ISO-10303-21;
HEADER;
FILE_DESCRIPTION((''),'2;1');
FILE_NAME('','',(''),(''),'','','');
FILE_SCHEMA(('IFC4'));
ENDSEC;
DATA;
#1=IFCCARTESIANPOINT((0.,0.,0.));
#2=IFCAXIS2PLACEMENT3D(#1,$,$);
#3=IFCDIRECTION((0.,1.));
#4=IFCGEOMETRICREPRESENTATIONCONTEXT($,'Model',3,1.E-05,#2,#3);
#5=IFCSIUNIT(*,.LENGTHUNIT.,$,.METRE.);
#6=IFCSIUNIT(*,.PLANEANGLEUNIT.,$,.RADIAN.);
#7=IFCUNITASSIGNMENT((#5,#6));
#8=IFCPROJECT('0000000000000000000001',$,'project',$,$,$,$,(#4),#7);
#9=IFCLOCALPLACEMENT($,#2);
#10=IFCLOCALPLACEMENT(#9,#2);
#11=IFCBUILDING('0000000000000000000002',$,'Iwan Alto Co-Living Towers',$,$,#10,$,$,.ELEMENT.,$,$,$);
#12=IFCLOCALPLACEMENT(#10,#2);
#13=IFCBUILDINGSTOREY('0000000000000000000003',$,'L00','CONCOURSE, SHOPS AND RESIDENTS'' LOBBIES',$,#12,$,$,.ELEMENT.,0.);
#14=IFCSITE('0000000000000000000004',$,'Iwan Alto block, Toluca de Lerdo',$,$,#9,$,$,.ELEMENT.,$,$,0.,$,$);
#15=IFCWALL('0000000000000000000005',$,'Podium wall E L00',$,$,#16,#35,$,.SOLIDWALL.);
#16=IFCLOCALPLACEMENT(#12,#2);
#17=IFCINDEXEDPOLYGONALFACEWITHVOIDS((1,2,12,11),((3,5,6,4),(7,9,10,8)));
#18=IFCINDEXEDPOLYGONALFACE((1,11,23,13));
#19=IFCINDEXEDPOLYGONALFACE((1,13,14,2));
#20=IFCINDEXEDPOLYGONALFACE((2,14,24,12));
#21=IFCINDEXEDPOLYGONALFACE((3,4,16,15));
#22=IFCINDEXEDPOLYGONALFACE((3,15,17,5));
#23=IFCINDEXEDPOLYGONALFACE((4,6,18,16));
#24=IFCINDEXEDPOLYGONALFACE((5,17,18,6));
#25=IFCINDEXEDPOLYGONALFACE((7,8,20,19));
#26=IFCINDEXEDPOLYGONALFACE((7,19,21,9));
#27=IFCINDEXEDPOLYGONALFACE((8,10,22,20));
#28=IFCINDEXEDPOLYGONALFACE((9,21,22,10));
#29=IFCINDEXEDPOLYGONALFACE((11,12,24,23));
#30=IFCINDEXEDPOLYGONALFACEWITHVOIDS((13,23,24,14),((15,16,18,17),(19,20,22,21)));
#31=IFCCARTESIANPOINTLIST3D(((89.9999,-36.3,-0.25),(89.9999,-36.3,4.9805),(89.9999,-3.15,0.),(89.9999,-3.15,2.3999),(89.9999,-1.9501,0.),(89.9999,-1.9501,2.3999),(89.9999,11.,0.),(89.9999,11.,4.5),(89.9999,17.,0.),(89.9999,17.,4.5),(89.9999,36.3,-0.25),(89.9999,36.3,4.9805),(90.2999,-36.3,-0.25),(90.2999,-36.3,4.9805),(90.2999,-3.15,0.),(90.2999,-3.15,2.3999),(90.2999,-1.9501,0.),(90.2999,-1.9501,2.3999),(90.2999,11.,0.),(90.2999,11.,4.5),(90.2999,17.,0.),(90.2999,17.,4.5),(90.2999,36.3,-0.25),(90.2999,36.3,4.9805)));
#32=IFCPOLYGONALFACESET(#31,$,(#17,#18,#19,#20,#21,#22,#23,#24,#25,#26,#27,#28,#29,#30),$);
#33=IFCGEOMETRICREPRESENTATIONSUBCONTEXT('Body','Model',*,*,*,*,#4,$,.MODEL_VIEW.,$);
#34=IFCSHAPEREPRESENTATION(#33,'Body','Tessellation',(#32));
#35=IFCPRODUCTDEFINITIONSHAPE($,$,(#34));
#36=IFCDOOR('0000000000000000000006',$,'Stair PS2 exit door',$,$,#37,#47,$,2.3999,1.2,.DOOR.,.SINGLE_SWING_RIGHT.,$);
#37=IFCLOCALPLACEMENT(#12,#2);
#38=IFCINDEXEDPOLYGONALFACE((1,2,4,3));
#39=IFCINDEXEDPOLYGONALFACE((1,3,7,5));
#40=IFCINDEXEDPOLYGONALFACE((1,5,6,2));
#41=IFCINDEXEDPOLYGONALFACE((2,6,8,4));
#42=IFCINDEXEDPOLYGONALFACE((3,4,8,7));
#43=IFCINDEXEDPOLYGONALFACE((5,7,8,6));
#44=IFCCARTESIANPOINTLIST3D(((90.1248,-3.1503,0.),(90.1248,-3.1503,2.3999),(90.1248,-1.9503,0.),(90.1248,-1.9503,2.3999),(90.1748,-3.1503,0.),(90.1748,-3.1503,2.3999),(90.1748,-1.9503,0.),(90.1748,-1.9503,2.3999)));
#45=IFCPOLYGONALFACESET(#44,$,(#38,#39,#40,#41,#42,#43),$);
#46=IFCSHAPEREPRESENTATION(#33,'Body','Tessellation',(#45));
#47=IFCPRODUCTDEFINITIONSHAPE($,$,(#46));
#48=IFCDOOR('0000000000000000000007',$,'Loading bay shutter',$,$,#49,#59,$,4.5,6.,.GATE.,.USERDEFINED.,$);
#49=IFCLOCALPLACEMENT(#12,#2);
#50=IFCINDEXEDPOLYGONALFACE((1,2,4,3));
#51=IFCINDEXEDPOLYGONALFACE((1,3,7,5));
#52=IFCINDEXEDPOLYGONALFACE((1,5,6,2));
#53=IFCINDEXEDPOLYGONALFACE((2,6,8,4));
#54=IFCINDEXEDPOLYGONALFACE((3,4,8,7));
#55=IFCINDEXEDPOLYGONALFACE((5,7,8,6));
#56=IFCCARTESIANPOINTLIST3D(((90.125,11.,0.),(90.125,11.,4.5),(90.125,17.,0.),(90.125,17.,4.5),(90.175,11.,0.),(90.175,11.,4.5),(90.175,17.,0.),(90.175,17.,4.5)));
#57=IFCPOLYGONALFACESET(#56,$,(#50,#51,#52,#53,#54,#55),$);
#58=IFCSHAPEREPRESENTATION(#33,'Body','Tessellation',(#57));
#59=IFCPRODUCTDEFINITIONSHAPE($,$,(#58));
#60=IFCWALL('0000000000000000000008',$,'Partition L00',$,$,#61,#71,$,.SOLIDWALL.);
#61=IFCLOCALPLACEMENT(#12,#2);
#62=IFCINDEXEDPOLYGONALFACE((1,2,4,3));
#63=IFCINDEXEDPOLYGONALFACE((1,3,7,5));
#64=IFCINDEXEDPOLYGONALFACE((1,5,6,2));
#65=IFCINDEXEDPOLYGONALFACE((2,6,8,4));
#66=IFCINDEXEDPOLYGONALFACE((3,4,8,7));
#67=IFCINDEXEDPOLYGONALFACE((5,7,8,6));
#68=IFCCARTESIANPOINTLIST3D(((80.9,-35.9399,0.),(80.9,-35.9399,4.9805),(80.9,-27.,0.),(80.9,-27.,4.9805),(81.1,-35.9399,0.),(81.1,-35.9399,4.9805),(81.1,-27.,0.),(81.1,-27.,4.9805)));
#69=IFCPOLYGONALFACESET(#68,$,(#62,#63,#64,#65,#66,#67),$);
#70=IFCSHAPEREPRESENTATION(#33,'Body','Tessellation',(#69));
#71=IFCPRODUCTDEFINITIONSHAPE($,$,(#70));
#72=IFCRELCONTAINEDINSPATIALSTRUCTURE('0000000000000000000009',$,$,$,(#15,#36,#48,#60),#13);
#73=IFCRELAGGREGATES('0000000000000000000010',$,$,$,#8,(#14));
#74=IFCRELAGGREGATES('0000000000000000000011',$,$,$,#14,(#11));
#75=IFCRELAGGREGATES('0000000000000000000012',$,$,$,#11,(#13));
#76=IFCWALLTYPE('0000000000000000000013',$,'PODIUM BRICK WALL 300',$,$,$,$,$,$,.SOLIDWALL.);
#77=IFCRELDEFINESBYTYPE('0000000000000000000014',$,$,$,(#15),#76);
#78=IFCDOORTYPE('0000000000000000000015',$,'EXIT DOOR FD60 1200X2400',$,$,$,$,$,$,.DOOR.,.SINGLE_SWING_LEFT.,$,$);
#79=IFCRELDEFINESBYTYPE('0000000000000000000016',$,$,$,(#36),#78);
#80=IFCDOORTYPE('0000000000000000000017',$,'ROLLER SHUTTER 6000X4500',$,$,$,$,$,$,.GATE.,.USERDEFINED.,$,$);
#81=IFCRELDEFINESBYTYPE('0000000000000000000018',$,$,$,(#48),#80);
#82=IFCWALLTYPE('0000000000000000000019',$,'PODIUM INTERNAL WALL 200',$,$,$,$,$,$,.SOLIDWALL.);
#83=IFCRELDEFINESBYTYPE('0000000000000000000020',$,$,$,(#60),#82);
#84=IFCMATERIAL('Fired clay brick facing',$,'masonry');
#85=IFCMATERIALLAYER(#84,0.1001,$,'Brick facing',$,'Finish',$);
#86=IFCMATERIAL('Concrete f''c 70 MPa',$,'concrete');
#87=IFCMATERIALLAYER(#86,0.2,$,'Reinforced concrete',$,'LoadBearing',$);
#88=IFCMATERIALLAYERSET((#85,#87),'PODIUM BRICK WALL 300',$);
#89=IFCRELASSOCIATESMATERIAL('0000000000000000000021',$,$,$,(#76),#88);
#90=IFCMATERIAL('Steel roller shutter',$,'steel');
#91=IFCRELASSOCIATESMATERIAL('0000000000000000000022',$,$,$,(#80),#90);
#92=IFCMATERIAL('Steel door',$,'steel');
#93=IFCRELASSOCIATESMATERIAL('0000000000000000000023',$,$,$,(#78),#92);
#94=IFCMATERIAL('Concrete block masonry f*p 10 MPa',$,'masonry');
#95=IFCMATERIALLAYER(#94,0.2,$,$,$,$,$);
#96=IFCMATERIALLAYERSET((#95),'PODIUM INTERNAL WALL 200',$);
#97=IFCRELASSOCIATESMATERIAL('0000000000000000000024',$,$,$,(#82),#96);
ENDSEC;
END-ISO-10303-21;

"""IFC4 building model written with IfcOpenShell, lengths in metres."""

from ifc_helpers import new_model, si_unit, direction, frame, frame_2d, origin, place, context, subcontext, project, spatial, rectangle, extrude, material, layer, layer_set, type_object, element, fill, save


model = new_model("IFC4")

# Units and contexts
model_context = context("Model", 3, precision=1e-05, world=origin(), true_north=direction((0.0, 1.0)))
body_context = subcontext(model_context, "Body", "Model", "MODEL_VIEW")
ifc_project = project(units=[si_unit("LENGTHUNIT", "METRE"), si_unit("PLANEANGLEUNIT", "RADIAN")], contexts=[model_context])

# Site, building, storey
site_placement = place(None, origin())
site = spatial("IfcSite", under=ifc_project, at=site_placement, Name="Iwan Alto block, Toluca de Lerdo", CompositionType="ELEMENT", RefElevation=0.0)
building_placement = place(site_placement, origin())
building = spatial("IfcBuilding", under=site, at=building_placement, Name="Iwan Alto Co-Living Towers", CompositionType="ELEMENT")
storey_placement = place(building_placement, origin())
storey = spatial("IfcBuildingStorey", under=building, at=storey_placement, Name="L00", Description="CONCOURSE, SHOPS AND RESIDENTS' LOBBIES", CompositionType="ELEMENT", Elevation=0.0)

# Shared definitions
ifc_material_1 = material(Name="Fired clay brick facing", Category="masonry")
ifc_layer_1 = layer(ifc_material_1, 0.1001, Name="Brick facing", Category="Finish")
ifc_material_2 = material(Name="Concrete f'c 70 MPa", Category="concrete")
ifc_layer_2 = layer(ifc_material_2, 0.2, Name="Reinforced concrete", Category="LoadBearing")
ifc_layer_set_1 = layer_set([ifc_layer_1, ifc_layer_2], Name="PODIUM BRICK WALL 300")
wall_type_1 = type_object("IfcWallType", Name="PODIUM BRICK WALL 300", PredefinedType="SOLIDWALL", material=ifc_layer_set_1)
ifc_material_3 = material(Name="Steel roller shutter", Category="steel")
door_type_1 = type_object("IfcDoorType", Name="ROLLER SHUTTER 6000X4500", OperationType="USERDEFINED", PredefinedType="GATE", material=ifc_material_3)

# Wall, openings, doors
wall_1_placement = place(storey_placement, frame((90.1499, -36.3, -0.25), z_axis=(0.0, 0.0, 1.0), x_axis=(0.0, 1.0, 0.0)))
wall_1 = element("IfcWall", 1, at=wall_1_placement, inside=storey, type_object=wall_type_1, Name="Podium wall E L00", PredefinedType="SOLIDWALL", context=body_context, shape_type="SweptSolid", body=[
    extrude(rectangle(XDim=72.6001, YDim=0.3, at=frame_2d((36.3, 0.0))), origin(), (0.0, 0.0, 1.0), 5.2305),
])
opening_1_placement = place(wall_1_placement, frame((33.1499, 0.0, 0.25)))
opening_1 = element("IfcOpeningElement", 2, at=opening_1_placement, cuts=wall_1, PredefinedType="OPENING", context=body_context, shape_type="SweptSolid", body=[
    extrude(rectangle(XDim=1.2, YDim=2.3999, at=frame_2d((0.6001, 1.2))), frame((0.0, 0.1599, 0.0), z_axis=(0.0, -1.0, 0.0), x_axis=(1.0, 0.0, 0.0)), (0.0, 0.0, 1.0), 0.3201),
])
opening_2_placement = place(wall_1_placement, frame((47.3, 0.0, 0.25)))
opening_2 = element("IfcOpeningElement", 3, at=opening_2_placement, cuts=wall_1, PredefinedType="OPENING", context=body_context, shape_type="SweptSolid", body=[
    extrude(rectangle(XDim=6.0, YDim=4.5, at=frame_2d((3.0, 2.25))), frame((0.0, 0.1599, 0.0), z_axis=(0.0, -1.0, 0.0), x_axis=(1.0, 0.0, 0.0)), (0.0, 0.0, 1.0), 0.3201),
])
ifc_material_4 = material(Name="Steel door", Category="steel")
door_type_2 = type_object("IfcDoorType", Name="EXIT DOOR FD60 1200X2400", OperationType="SINGLE_SWING_LEFT", PredefinedType="DOOR", material=ifc_material_4)
door_1_placement = place(opening_1_placement, frame((1.2, 0.0, 0.0), z_axis=(0.0, 0.0, 1.0), x_axis=(-1.0, 0.0, 0.0)))
door_1 = element("IfcDoor", 4, at=door_1_placement, inside=storey, type_object=door_type_2, Name="Stair PS2 exit door", OperationType="SINGLE_SWING_RIGHT", OverallHeight=2.3999, OverallWidth=1.2, PredefinedType="DOOR", context=body_context, shape_type="SweptSolid", body=[
    extrude(rectangle(XDim=1.2, YDim=2.3999, at=frame_2d((0.6001, 1.2))), frame((0.0, 0.0249, 0.0), z_axis=(0.0, -1.0, 0.0), x_axis=(1.0, 0.0, 0.0)), (0.0, 0.0, 1.0), 0.05),
])
fill(opening_1, door_1)
door_2_placement = place(opening_2_placement, origin())
door_2 = element("IfcDoor", 5, at=door_2_placement, inside=storey, type_object=door_type_1, Name="Loading bay shutter", OperationType="USERDEFINED", OverallHeight=4.5, OverallWidth=6.0, PredefinedType="GATE", context=body_context, shape_type="SweptSolid", body=[
    extrude(rectangle(XDim=6.0, YDim=4.5, at=frame_2d((3.0, 2.25))), frame((0.0, 0.0249, 0.0), z_axis=(0.0, -1.0, 0.0), x_axis=(1.0, 0.0, 0.0)), (0.0, 0.0, 1.0), 0.05),
])
fill(opening_2, door_2)

# Wall
ifc_material_5 = material(Name="Concrete block masonry f*p 10 MPa", Category="masonry")
ifc_layer_3 = layer(ifc_material_5, 0.2)
ifc_layer_set_2 = layer_set([ifc_layer_3], Name="PODIUM INTERNAL WALL 200")
wall_type_2 = type_object("IfcWallType", Name="PODIUM INTERNAL WALL 200", PredefinedType="SOLIDWALL", material=ifc_layer_set_2)
wall_2_placement = place(storey_placement, frame((81.0, -35.9399, 0.0), z_axis=(0.0, 0.0, 1.0), x_axis=(0.0, 1.0, 0.0)))
element("IfcWall", 6, at=wall_2_placement, inside=storey, type_object=wall_type_2, Name="Partition L00", PredefinedType="SOLIDWALL", context=body_context, shape_type="SweptSolid", body=[
    extrude(rectangle(XDim=8.9399, YDim=0.2, at=frame_2d((4.47, 0.0))), origin(), (0.0, 0.0, 1.0), 4.9805),
])

save(model, "model.ifc")
